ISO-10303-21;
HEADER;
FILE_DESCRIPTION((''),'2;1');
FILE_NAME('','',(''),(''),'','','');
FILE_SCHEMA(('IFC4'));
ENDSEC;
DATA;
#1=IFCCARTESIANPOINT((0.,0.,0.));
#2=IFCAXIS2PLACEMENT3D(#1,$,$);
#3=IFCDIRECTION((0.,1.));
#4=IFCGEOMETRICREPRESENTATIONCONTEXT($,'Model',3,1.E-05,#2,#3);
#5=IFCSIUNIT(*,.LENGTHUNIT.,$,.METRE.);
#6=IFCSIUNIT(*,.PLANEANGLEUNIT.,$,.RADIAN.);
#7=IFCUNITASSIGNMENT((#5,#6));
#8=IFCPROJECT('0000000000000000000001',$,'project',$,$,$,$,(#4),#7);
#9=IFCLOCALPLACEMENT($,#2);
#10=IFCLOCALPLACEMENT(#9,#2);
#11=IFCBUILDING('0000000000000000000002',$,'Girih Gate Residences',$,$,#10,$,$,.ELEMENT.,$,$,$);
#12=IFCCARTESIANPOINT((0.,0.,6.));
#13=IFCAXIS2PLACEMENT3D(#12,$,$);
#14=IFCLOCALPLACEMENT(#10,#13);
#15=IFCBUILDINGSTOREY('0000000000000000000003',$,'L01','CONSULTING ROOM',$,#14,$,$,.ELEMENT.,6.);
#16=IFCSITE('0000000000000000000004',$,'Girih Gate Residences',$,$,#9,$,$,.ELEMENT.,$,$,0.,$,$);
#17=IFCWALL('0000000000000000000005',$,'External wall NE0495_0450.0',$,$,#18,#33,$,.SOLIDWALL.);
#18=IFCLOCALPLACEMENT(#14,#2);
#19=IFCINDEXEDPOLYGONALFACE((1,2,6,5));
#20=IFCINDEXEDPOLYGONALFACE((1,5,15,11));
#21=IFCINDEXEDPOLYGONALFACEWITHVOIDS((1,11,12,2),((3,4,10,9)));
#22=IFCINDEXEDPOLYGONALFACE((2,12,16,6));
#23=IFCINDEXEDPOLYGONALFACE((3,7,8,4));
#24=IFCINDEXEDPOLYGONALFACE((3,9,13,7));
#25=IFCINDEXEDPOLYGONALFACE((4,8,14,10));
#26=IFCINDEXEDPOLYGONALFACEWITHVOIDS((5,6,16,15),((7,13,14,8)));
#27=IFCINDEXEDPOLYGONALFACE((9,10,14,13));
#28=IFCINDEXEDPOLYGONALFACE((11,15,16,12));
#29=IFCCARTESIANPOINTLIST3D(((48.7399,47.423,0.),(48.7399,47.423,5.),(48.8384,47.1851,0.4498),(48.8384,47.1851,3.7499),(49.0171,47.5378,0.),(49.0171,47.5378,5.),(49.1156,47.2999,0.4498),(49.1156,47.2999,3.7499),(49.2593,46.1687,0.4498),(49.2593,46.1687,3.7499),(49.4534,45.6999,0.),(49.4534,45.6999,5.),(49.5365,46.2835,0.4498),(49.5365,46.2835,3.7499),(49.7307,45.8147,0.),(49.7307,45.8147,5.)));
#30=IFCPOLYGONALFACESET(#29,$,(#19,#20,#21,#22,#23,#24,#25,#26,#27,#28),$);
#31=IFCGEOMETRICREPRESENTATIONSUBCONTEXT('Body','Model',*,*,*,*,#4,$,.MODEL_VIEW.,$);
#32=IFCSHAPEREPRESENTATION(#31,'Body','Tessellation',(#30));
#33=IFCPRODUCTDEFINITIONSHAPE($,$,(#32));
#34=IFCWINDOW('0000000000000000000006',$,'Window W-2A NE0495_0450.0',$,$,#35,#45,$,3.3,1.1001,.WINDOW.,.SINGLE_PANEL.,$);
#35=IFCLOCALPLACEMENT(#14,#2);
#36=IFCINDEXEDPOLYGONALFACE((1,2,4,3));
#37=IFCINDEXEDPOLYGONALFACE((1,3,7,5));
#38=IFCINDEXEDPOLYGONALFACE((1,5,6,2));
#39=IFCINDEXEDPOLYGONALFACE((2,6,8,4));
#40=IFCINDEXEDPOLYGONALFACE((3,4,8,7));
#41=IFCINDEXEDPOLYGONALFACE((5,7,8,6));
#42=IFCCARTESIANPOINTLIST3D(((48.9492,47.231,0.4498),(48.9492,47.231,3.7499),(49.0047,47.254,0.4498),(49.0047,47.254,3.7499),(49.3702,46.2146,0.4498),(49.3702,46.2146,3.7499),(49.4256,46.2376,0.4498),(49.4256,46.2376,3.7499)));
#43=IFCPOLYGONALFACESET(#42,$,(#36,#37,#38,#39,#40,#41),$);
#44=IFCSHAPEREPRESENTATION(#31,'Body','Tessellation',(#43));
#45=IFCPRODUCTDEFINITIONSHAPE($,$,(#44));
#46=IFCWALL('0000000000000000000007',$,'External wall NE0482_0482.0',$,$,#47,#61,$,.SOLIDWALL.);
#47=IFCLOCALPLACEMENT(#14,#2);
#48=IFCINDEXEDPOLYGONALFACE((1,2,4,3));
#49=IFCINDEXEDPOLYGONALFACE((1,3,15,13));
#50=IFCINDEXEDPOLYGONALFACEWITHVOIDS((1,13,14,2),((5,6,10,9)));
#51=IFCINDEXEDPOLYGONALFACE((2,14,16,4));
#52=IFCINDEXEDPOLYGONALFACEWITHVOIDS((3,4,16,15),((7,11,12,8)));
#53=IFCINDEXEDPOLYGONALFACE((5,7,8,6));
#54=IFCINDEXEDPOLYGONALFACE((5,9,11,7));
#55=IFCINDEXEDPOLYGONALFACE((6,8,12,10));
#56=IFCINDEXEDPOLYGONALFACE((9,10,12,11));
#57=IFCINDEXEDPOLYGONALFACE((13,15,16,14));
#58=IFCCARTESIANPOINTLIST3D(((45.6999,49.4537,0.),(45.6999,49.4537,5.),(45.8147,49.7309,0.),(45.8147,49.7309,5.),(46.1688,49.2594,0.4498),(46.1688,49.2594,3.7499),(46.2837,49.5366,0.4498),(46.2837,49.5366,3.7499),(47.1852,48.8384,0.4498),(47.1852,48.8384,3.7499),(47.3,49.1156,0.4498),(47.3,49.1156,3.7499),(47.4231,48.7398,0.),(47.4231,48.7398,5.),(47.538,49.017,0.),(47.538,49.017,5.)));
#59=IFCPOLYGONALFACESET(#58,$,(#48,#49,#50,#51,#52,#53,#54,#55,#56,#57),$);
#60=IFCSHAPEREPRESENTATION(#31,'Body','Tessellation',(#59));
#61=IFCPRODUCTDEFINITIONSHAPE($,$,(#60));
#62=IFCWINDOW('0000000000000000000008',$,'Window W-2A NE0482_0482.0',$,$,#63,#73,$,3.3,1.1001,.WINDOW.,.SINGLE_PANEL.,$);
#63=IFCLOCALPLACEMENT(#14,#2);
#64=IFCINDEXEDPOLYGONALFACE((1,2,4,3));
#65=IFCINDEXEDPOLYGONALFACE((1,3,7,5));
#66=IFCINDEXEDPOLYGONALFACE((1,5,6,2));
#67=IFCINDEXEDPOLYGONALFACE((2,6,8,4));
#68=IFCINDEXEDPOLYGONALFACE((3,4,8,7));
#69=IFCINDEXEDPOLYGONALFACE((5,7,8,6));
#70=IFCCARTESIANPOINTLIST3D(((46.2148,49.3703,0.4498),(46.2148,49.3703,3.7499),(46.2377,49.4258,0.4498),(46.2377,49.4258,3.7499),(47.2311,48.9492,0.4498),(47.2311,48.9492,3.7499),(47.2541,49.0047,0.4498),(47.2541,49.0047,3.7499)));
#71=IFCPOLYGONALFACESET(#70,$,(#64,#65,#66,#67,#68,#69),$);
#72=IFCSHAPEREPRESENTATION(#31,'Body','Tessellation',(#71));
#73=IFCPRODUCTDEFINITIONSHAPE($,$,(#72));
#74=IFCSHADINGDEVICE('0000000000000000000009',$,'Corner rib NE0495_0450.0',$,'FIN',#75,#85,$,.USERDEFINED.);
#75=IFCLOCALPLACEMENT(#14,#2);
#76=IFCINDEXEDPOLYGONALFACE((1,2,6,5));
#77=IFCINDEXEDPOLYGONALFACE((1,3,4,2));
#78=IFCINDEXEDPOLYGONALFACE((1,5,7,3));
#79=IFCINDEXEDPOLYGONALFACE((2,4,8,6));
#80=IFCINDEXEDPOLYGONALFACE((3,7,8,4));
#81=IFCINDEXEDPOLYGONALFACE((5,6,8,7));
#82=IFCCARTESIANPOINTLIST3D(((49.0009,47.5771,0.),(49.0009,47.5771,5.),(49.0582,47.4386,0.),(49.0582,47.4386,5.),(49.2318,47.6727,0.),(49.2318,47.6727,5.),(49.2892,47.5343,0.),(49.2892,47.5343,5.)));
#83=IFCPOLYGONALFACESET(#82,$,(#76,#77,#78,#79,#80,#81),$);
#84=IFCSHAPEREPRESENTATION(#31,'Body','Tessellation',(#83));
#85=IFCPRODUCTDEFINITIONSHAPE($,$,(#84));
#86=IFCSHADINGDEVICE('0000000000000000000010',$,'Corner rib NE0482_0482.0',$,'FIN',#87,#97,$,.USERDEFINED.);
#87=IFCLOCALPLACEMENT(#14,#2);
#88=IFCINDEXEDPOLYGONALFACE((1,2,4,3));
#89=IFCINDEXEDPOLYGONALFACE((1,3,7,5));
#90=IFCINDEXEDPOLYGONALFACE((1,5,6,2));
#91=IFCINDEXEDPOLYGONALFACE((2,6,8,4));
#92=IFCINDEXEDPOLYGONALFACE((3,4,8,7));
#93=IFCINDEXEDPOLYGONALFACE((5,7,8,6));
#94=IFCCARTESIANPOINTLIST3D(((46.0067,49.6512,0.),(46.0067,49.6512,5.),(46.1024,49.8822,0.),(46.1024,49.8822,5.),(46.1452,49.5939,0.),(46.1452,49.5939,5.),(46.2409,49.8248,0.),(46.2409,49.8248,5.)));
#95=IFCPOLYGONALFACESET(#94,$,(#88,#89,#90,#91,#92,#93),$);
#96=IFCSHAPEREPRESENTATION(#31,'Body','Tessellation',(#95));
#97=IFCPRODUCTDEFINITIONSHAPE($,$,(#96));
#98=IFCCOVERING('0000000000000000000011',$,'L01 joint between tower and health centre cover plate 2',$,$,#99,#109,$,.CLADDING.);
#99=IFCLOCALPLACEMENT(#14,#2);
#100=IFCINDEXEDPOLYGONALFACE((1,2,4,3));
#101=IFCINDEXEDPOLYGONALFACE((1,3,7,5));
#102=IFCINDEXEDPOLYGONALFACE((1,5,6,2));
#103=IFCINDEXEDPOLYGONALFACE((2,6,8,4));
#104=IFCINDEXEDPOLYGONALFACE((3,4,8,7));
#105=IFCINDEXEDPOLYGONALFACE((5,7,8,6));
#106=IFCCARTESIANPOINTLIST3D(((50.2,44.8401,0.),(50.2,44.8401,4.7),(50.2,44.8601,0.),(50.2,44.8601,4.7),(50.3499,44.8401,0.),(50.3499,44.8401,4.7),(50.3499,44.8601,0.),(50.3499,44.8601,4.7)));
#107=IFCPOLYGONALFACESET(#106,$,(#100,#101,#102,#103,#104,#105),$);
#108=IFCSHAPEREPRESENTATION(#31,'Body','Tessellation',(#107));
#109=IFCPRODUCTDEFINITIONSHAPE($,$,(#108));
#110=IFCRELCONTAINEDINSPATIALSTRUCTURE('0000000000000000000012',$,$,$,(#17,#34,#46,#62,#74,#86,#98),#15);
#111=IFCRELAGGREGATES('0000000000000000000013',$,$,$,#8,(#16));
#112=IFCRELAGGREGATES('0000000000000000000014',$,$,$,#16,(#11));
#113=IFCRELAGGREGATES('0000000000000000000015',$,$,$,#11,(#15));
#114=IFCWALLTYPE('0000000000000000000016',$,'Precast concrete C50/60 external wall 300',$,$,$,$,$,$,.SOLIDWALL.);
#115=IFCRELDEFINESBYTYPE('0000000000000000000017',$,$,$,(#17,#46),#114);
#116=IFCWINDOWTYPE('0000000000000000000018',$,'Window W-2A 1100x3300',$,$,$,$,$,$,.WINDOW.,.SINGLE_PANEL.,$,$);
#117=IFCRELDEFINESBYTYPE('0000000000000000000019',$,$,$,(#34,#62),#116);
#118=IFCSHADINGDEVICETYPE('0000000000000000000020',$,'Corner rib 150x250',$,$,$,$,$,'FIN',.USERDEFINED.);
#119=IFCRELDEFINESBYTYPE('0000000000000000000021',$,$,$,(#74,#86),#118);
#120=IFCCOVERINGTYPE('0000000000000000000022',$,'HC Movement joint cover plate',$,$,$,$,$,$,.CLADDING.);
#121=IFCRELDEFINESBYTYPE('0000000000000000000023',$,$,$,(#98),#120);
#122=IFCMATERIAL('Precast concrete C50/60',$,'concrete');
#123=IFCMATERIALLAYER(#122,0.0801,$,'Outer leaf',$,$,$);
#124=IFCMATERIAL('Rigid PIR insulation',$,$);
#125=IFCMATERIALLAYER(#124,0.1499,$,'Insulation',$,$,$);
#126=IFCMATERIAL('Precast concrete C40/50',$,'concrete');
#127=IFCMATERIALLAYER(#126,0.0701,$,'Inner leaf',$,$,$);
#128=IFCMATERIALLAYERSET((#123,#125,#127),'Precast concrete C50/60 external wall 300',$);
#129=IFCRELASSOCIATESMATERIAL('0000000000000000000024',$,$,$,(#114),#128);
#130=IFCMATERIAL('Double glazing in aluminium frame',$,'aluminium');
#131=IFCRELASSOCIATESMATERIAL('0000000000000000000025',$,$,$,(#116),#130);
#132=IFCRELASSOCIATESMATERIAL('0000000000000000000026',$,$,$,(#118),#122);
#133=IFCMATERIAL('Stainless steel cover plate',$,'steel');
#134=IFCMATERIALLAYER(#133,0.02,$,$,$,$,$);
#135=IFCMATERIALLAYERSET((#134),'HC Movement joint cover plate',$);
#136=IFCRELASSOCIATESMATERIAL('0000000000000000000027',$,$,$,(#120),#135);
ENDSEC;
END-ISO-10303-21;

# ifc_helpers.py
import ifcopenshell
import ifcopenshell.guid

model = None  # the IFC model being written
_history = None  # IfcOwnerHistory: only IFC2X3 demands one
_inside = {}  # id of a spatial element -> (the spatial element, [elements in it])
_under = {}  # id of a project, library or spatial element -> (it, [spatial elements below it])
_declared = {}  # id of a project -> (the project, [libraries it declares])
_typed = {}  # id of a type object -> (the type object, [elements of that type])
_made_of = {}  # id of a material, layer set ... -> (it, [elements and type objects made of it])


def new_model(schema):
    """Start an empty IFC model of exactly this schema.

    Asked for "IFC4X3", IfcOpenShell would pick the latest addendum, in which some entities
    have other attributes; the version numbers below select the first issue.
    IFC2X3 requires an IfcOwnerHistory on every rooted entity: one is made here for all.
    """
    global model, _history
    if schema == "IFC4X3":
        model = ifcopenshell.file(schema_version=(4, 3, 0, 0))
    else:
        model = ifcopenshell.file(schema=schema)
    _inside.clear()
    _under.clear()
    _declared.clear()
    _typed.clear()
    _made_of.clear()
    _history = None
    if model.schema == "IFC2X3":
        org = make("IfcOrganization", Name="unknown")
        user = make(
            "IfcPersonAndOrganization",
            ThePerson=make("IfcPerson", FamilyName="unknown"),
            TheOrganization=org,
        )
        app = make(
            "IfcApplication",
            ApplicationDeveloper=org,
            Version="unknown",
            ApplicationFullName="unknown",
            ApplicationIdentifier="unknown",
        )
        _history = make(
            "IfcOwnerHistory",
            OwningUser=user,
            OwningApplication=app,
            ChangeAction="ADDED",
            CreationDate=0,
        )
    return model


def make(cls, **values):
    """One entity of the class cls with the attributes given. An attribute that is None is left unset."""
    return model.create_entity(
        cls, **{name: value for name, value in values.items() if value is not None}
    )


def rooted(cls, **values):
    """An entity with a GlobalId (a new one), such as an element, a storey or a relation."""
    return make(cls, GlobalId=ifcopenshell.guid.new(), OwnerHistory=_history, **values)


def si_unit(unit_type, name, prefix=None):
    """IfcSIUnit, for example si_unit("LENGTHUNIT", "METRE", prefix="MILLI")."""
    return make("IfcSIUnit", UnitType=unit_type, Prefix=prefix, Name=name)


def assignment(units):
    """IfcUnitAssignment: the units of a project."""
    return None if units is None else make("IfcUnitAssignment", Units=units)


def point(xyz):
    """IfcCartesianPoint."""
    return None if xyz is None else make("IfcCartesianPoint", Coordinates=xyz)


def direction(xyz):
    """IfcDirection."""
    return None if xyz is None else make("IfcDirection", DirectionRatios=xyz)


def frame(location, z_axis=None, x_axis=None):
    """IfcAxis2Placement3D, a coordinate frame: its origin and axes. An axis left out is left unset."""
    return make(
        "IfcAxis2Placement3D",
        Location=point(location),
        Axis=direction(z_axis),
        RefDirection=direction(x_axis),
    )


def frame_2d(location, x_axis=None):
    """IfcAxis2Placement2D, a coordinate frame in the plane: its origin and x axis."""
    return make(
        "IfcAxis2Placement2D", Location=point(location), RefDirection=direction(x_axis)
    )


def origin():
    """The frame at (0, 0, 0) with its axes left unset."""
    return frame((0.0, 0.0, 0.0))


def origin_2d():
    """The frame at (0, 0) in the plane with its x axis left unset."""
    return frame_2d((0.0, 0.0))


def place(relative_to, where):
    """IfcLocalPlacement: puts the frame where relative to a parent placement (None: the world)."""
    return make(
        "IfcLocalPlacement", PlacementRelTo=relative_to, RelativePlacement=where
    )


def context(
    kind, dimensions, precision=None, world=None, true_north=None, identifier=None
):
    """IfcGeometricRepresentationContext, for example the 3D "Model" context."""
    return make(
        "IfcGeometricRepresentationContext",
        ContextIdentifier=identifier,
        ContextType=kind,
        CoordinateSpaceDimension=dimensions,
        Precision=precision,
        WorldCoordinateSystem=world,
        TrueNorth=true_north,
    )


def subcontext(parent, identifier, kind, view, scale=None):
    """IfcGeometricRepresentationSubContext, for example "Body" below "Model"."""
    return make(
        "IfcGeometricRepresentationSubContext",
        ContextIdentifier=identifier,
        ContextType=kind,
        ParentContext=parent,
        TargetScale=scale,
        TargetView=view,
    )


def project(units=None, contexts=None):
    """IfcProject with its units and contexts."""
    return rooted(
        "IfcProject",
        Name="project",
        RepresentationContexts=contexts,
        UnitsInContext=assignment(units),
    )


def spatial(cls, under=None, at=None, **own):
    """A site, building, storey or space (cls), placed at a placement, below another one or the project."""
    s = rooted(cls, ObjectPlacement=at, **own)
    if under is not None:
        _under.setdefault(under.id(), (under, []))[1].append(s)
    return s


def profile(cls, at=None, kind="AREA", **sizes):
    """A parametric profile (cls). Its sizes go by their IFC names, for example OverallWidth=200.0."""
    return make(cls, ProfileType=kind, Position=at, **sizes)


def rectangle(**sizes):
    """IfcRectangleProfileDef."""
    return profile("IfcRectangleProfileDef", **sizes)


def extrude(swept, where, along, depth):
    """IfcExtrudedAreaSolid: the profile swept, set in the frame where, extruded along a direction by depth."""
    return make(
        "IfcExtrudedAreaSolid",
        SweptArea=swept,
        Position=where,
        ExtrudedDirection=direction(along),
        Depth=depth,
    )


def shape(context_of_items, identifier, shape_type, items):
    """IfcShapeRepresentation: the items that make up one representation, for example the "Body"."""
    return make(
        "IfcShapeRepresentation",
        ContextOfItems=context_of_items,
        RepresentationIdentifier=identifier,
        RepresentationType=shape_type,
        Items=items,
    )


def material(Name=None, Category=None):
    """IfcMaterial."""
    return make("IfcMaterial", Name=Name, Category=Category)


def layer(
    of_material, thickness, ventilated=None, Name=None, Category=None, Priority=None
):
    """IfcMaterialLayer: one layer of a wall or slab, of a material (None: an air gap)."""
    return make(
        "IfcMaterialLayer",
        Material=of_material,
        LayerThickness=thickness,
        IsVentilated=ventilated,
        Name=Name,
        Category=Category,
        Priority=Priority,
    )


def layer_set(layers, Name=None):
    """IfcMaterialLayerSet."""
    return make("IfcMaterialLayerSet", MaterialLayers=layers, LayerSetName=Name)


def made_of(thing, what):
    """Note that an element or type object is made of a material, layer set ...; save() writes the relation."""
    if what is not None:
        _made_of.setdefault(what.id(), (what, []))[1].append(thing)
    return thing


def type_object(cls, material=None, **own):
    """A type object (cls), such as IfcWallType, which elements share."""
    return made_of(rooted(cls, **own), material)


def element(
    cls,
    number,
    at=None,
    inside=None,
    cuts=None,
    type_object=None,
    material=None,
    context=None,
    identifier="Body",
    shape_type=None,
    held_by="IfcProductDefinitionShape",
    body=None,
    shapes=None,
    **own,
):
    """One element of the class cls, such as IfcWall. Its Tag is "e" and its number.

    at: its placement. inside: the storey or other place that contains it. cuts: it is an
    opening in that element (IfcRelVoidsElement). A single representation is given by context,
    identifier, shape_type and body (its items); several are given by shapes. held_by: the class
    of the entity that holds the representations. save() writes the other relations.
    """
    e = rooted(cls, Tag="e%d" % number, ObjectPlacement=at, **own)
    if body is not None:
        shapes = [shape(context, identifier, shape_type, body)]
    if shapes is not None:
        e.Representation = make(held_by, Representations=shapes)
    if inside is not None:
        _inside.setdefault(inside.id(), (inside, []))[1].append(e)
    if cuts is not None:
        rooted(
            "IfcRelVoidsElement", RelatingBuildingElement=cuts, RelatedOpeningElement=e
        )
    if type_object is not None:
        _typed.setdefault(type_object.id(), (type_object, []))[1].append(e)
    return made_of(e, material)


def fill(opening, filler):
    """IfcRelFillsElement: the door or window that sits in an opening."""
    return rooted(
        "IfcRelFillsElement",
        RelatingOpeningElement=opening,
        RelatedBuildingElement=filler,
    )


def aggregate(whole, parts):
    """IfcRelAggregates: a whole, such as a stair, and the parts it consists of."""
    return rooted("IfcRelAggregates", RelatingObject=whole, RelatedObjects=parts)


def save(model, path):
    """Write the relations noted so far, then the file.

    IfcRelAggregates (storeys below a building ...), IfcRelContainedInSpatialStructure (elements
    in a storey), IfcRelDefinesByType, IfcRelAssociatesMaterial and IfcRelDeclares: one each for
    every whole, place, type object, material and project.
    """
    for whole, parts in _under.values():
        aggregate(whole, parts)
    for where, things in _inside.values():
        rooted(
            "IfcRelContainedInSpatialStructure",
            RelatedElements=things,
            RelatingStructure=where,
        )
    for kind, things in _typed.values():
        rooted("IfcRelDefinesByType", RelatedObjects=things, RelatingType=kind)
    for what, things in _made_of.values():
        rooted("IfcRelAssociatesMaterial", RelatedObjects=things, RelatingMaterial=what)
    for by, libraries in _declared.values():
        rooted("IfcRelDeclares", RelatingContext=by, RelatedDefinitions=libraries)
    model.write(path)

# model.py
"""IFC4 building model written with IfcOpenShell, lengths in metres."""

from ifc_helpers import new_model, si_unit, direction, frame, frame_2d, origin, origin_2d, place, context, subcontext, project, spatial, rectangle, extrude, material, layer, layer_set, type_object, element, fill, save


model = new_model("IFC4")

# Units and contexts
model_context = context("Model", 3, precision=1e-05, world=origin(), true_north=direction((0.0, 1.0)))
body_context = subcontext(model_context, "Body", "Model", "MODEL_VIEW")
ifc_project = project(units=[si_unit("LENGTHUNIT", "METRE"), si_unit("PLANEANGLEUNIT", "RADIAN")], contexts=[model_context])

# Site, building, storey
site_placement = place(None, origin())
site = spatial("IfcSite", under=ifc_project, at=site_placement, Name="Girih Gate Residences", CompositionType="ELEMENT", RefElevation=0.0)
building_placement = place(site_placement, origin())
building = spatial("IfcBuilding", under=site, at=building_placement, Name="Girih Gate Residences", CompositionType="ELEMENT")
storey_placement = place(building_placement, frame((0.0, 0.0, 6.0)))
storey = spatial("IfcBuildingStorey", under=building, at=storey_placement, Name="L01", Description="CONSULTING ROOM", CompositionType="ELEMENT", Elevation=6.0)

# Shared definitions
ifc_material_1 = material(Name="Precast concrete C40/50", Category="concrete")

# Walls, openings, windows
ifc_material_2 = material(Name="Precast concrete C50/60", Category="concrete")
ifc_layer_1 = layer(ifc_material_2, 0.0801, Name="Outer leaf")
ifc_material_3 = material(Name="Rigid PIR insulation")
ifc_layer_2 = layer(ifc_material_3, 0.1499, Name="Insulation")
ifc_layer_3 = layer(ifc_material_1, 0.0701, Name="Inner leaf")
ifc_layer_set_1 = layer_set([ifc_layer_1, ifc_layer_2, ifc_layer_3], Name="Precast concrete C50/60 external wall 300")
wall_type_1 = type_object("IfcWallType", Name="Precast concrete C50/60 external wall 300", PredefinedType="SOLIDWALL", material=ifc_layer_set_1)
ifc_material_4 = material(Name="Double glazing in aluminium frame", Category="aluminium")
wall_1_placement = place(storey_placement, frame((48.8784, 47.4805, 0.0), z_axis=(0.0, 0.0, 1.0), x_axis=(0.382625, -0.923904, 0.0)))
wall_1 = element("IfcWall", 1, at=wall_1_placement, inside=storey, type_object=wall_type_1, Name="External wall NE0495_0450.0", PredefinedType="SOLIDWALL", context=body_context, shape_type="SweptSolid", body=[
    extrude(rectangle(XDim=1.865, YDim=0.3, at=frame_2d((0.9326, 0.0))), origin(), (0.0, 0.0, 1.0), 5.0),
])
opening_1_placement = place(wall_1_placement, frame((0.2576, 0.0, 0.45)))
opening_1 = element("IfcOpeningElement", 2, at=opening_1_placement, cuts=wall_1, PredefinedType="OPENING", context=body_context, shape_type="SweptSolid", body=[
    extrude(rectangle(XDim=1.1001, YDim=3.3, at=frame_2d((0.55, 1.6499))), frame((0.0, 0.1599, 0.0), z_axis=(0.0, -1.0, 0.0), x_axis=(1.0, 0.0, 0.0)), (0.0, 0.0, 1.0), 0.3201),
])
window_type_1 = type_object("IfcWindowType", Name="Window W-2A 1100x3300", PartitioningType="SINGLE_PANEL", PredefinedType="WINDOW", material=ifc_material_4)
window_1_placement = place(opening_1_placement, origin())
window_1 = element("IfcWindow", 3, at=window_1_placement, inside=storey, type_object=window_type_1, Name="Window W-2A NE0495_0450.0", OverallHeight=3.3, OverallWidth=1.1001, PartitioningType="SINGLE_PANEL", PredefinedType="WINDOW", context=body_context, shape_type="SweptSolid", body=[
    extrude(rectangle(XDim=1.1001, YDim=3.3, at=frame_2d((0.55, 1.6499))), frame((0.0, 0.03, 0.0), z_axis=(0.0, -1.0, 0.0), x_axis=(1.0, 0.0, 0.0)), (0.0, 0.0, 1.0), 0.0601),
])
fill(opening_1, window_1)
wall_2_placement = place(storey_placement, frame((45.7573, 49.5923, 0.0), z_axis=(0.0, 0.0, 1.0), x_axis=(0.923857, -0.382737, 0.0)))
wall_2 = element("IfcWall", 4, at=wall_2_placement, inside=storey, type_object=wall_type_1, Name="External wall NE0482_0482.0", PredefinedType="SOLIDWALL", context=body_context, shape_type="SweptSolid", body=[
    extrude(rectangle(XDim=1.8652, YDim=0.3, at=frame_2d((0.9326, 0.0))), origin(), (0.0, 0.0, 1.0), 5.0),
])
opening_2_placement = place(wall_2_placement, frame((0.5076, 0.0, 0.45)))
opening_2 = element("IfcOpeningElement", 5, at=opening_2_placement, cuts=wall_2, PredefinedType="OPENING", context=body_context, shape_type="SweptSolid", body=[
    extrude(rectangle(XDim=1.1001, YDim=3.3, at=frame_2d((0.55, 1.6499))), frame((0.0, 0.1599, 0.0), z_axis=(0.0, -1.0, 0.0), x_axis=(1.0, 0.0, 0.0)), (0.0, 0.0, 1.0), 0.3201),
])
window_2_placement = place(opening_2_placement, origin())
window_2 = element("IfcWindow", 6, at=window_2_placement, inside=storey, type_object=window_type_1, Name="Window W-2A NE0482_0482.0", OverallHeight=3.3, OverallWidth=1.1001, PartitioningType="SINGLE_PANEL", PredefinedType="WINDOW", context=body_context, shape_type="SweptSolid", body=[
    extrude(rectangle(XDim=1.1001, YDim=3.3, at=frame_2d((0.55, 1.6499))), frame((0.0, 0.03, 0.0), z_axis=(0.0, -1.0, 0.0), x_axis=(1.0, 0.0, 0.0)), (0.0, 0.0, 1.0), 0.0601),
])
fill(opening_2, window_2)

# Shading devices
shading_device_type = type_object("IfcShadingDeviceType", Name="Corner rib 150x250", ElementType="FIN", PredefinedType="USERDEFINED", material=ifc_material_2)
for number, where, z_axis, x_axis, name in (
    (7, (49.145, 47.5557, 0.0), (0.0, 0.0, 1.0), (-0.382683, 0.92388, 0.0), "Corner rib NE0495_0450.0"),
    (8, (46.1238, 49.738, 0.0), (0.0, 0.0, 1.0), (-0.92388, 0.382683, 0.0), "Corner rib NE0482_0482.0"),
):
    element("IfcShadingDevice", number, at=place(storey_placement, frame(where, z_axis=z_axis, x_axis=x_axis)), inside=storey, type_object=shading_device_type, Name=name, ObjectType="FIN", PredefinedType="USERDEFINED", context=body_context, shape_type="SweptSolid", body=[
        extrude(rectangle(XDim=0.1499, YDim=0.25, at=origin_2d()), origin(), (0.0, 0.0, 1.0), 5.0),
    ])

# Covering
ifc_material_5 = material(Name="Stainless steel cover plate", Category="steel")
ifc_layer_4 = layer(ifc_material_5, 0.02)
ifc_layer_set_2 = layer_set([ifc_layer_4], Name="HC Movement joint cover plate")
covering_type = type_object("IfcCoveringType", Name="HC Movement joint cover plate", PredefinedType="CLADDING", material=ifc_layer_set_2)
covering_placement = place(storey_placement, frame((50.2749, 44.8501, 0.0), z_axis=(0.0, 0.0, 1.0), x_axis=(1.0, 0.0, 0.0)))
element("IfcCovering", 9, at=covering_placement, inside=storey, type_object=covering_type, Name="L01 joint between tower and health centre cover plate 2", PredefinedType="CLADDING", context=body_context, shape_type="SweptSolid", body=[
    extrude(rectangle(XDim=0.1499, YDim=0.02, at=origin_2d()), origin(), (0.0, 0.0, 1.0), 4.7),
])

save(model, "model.ifc")
